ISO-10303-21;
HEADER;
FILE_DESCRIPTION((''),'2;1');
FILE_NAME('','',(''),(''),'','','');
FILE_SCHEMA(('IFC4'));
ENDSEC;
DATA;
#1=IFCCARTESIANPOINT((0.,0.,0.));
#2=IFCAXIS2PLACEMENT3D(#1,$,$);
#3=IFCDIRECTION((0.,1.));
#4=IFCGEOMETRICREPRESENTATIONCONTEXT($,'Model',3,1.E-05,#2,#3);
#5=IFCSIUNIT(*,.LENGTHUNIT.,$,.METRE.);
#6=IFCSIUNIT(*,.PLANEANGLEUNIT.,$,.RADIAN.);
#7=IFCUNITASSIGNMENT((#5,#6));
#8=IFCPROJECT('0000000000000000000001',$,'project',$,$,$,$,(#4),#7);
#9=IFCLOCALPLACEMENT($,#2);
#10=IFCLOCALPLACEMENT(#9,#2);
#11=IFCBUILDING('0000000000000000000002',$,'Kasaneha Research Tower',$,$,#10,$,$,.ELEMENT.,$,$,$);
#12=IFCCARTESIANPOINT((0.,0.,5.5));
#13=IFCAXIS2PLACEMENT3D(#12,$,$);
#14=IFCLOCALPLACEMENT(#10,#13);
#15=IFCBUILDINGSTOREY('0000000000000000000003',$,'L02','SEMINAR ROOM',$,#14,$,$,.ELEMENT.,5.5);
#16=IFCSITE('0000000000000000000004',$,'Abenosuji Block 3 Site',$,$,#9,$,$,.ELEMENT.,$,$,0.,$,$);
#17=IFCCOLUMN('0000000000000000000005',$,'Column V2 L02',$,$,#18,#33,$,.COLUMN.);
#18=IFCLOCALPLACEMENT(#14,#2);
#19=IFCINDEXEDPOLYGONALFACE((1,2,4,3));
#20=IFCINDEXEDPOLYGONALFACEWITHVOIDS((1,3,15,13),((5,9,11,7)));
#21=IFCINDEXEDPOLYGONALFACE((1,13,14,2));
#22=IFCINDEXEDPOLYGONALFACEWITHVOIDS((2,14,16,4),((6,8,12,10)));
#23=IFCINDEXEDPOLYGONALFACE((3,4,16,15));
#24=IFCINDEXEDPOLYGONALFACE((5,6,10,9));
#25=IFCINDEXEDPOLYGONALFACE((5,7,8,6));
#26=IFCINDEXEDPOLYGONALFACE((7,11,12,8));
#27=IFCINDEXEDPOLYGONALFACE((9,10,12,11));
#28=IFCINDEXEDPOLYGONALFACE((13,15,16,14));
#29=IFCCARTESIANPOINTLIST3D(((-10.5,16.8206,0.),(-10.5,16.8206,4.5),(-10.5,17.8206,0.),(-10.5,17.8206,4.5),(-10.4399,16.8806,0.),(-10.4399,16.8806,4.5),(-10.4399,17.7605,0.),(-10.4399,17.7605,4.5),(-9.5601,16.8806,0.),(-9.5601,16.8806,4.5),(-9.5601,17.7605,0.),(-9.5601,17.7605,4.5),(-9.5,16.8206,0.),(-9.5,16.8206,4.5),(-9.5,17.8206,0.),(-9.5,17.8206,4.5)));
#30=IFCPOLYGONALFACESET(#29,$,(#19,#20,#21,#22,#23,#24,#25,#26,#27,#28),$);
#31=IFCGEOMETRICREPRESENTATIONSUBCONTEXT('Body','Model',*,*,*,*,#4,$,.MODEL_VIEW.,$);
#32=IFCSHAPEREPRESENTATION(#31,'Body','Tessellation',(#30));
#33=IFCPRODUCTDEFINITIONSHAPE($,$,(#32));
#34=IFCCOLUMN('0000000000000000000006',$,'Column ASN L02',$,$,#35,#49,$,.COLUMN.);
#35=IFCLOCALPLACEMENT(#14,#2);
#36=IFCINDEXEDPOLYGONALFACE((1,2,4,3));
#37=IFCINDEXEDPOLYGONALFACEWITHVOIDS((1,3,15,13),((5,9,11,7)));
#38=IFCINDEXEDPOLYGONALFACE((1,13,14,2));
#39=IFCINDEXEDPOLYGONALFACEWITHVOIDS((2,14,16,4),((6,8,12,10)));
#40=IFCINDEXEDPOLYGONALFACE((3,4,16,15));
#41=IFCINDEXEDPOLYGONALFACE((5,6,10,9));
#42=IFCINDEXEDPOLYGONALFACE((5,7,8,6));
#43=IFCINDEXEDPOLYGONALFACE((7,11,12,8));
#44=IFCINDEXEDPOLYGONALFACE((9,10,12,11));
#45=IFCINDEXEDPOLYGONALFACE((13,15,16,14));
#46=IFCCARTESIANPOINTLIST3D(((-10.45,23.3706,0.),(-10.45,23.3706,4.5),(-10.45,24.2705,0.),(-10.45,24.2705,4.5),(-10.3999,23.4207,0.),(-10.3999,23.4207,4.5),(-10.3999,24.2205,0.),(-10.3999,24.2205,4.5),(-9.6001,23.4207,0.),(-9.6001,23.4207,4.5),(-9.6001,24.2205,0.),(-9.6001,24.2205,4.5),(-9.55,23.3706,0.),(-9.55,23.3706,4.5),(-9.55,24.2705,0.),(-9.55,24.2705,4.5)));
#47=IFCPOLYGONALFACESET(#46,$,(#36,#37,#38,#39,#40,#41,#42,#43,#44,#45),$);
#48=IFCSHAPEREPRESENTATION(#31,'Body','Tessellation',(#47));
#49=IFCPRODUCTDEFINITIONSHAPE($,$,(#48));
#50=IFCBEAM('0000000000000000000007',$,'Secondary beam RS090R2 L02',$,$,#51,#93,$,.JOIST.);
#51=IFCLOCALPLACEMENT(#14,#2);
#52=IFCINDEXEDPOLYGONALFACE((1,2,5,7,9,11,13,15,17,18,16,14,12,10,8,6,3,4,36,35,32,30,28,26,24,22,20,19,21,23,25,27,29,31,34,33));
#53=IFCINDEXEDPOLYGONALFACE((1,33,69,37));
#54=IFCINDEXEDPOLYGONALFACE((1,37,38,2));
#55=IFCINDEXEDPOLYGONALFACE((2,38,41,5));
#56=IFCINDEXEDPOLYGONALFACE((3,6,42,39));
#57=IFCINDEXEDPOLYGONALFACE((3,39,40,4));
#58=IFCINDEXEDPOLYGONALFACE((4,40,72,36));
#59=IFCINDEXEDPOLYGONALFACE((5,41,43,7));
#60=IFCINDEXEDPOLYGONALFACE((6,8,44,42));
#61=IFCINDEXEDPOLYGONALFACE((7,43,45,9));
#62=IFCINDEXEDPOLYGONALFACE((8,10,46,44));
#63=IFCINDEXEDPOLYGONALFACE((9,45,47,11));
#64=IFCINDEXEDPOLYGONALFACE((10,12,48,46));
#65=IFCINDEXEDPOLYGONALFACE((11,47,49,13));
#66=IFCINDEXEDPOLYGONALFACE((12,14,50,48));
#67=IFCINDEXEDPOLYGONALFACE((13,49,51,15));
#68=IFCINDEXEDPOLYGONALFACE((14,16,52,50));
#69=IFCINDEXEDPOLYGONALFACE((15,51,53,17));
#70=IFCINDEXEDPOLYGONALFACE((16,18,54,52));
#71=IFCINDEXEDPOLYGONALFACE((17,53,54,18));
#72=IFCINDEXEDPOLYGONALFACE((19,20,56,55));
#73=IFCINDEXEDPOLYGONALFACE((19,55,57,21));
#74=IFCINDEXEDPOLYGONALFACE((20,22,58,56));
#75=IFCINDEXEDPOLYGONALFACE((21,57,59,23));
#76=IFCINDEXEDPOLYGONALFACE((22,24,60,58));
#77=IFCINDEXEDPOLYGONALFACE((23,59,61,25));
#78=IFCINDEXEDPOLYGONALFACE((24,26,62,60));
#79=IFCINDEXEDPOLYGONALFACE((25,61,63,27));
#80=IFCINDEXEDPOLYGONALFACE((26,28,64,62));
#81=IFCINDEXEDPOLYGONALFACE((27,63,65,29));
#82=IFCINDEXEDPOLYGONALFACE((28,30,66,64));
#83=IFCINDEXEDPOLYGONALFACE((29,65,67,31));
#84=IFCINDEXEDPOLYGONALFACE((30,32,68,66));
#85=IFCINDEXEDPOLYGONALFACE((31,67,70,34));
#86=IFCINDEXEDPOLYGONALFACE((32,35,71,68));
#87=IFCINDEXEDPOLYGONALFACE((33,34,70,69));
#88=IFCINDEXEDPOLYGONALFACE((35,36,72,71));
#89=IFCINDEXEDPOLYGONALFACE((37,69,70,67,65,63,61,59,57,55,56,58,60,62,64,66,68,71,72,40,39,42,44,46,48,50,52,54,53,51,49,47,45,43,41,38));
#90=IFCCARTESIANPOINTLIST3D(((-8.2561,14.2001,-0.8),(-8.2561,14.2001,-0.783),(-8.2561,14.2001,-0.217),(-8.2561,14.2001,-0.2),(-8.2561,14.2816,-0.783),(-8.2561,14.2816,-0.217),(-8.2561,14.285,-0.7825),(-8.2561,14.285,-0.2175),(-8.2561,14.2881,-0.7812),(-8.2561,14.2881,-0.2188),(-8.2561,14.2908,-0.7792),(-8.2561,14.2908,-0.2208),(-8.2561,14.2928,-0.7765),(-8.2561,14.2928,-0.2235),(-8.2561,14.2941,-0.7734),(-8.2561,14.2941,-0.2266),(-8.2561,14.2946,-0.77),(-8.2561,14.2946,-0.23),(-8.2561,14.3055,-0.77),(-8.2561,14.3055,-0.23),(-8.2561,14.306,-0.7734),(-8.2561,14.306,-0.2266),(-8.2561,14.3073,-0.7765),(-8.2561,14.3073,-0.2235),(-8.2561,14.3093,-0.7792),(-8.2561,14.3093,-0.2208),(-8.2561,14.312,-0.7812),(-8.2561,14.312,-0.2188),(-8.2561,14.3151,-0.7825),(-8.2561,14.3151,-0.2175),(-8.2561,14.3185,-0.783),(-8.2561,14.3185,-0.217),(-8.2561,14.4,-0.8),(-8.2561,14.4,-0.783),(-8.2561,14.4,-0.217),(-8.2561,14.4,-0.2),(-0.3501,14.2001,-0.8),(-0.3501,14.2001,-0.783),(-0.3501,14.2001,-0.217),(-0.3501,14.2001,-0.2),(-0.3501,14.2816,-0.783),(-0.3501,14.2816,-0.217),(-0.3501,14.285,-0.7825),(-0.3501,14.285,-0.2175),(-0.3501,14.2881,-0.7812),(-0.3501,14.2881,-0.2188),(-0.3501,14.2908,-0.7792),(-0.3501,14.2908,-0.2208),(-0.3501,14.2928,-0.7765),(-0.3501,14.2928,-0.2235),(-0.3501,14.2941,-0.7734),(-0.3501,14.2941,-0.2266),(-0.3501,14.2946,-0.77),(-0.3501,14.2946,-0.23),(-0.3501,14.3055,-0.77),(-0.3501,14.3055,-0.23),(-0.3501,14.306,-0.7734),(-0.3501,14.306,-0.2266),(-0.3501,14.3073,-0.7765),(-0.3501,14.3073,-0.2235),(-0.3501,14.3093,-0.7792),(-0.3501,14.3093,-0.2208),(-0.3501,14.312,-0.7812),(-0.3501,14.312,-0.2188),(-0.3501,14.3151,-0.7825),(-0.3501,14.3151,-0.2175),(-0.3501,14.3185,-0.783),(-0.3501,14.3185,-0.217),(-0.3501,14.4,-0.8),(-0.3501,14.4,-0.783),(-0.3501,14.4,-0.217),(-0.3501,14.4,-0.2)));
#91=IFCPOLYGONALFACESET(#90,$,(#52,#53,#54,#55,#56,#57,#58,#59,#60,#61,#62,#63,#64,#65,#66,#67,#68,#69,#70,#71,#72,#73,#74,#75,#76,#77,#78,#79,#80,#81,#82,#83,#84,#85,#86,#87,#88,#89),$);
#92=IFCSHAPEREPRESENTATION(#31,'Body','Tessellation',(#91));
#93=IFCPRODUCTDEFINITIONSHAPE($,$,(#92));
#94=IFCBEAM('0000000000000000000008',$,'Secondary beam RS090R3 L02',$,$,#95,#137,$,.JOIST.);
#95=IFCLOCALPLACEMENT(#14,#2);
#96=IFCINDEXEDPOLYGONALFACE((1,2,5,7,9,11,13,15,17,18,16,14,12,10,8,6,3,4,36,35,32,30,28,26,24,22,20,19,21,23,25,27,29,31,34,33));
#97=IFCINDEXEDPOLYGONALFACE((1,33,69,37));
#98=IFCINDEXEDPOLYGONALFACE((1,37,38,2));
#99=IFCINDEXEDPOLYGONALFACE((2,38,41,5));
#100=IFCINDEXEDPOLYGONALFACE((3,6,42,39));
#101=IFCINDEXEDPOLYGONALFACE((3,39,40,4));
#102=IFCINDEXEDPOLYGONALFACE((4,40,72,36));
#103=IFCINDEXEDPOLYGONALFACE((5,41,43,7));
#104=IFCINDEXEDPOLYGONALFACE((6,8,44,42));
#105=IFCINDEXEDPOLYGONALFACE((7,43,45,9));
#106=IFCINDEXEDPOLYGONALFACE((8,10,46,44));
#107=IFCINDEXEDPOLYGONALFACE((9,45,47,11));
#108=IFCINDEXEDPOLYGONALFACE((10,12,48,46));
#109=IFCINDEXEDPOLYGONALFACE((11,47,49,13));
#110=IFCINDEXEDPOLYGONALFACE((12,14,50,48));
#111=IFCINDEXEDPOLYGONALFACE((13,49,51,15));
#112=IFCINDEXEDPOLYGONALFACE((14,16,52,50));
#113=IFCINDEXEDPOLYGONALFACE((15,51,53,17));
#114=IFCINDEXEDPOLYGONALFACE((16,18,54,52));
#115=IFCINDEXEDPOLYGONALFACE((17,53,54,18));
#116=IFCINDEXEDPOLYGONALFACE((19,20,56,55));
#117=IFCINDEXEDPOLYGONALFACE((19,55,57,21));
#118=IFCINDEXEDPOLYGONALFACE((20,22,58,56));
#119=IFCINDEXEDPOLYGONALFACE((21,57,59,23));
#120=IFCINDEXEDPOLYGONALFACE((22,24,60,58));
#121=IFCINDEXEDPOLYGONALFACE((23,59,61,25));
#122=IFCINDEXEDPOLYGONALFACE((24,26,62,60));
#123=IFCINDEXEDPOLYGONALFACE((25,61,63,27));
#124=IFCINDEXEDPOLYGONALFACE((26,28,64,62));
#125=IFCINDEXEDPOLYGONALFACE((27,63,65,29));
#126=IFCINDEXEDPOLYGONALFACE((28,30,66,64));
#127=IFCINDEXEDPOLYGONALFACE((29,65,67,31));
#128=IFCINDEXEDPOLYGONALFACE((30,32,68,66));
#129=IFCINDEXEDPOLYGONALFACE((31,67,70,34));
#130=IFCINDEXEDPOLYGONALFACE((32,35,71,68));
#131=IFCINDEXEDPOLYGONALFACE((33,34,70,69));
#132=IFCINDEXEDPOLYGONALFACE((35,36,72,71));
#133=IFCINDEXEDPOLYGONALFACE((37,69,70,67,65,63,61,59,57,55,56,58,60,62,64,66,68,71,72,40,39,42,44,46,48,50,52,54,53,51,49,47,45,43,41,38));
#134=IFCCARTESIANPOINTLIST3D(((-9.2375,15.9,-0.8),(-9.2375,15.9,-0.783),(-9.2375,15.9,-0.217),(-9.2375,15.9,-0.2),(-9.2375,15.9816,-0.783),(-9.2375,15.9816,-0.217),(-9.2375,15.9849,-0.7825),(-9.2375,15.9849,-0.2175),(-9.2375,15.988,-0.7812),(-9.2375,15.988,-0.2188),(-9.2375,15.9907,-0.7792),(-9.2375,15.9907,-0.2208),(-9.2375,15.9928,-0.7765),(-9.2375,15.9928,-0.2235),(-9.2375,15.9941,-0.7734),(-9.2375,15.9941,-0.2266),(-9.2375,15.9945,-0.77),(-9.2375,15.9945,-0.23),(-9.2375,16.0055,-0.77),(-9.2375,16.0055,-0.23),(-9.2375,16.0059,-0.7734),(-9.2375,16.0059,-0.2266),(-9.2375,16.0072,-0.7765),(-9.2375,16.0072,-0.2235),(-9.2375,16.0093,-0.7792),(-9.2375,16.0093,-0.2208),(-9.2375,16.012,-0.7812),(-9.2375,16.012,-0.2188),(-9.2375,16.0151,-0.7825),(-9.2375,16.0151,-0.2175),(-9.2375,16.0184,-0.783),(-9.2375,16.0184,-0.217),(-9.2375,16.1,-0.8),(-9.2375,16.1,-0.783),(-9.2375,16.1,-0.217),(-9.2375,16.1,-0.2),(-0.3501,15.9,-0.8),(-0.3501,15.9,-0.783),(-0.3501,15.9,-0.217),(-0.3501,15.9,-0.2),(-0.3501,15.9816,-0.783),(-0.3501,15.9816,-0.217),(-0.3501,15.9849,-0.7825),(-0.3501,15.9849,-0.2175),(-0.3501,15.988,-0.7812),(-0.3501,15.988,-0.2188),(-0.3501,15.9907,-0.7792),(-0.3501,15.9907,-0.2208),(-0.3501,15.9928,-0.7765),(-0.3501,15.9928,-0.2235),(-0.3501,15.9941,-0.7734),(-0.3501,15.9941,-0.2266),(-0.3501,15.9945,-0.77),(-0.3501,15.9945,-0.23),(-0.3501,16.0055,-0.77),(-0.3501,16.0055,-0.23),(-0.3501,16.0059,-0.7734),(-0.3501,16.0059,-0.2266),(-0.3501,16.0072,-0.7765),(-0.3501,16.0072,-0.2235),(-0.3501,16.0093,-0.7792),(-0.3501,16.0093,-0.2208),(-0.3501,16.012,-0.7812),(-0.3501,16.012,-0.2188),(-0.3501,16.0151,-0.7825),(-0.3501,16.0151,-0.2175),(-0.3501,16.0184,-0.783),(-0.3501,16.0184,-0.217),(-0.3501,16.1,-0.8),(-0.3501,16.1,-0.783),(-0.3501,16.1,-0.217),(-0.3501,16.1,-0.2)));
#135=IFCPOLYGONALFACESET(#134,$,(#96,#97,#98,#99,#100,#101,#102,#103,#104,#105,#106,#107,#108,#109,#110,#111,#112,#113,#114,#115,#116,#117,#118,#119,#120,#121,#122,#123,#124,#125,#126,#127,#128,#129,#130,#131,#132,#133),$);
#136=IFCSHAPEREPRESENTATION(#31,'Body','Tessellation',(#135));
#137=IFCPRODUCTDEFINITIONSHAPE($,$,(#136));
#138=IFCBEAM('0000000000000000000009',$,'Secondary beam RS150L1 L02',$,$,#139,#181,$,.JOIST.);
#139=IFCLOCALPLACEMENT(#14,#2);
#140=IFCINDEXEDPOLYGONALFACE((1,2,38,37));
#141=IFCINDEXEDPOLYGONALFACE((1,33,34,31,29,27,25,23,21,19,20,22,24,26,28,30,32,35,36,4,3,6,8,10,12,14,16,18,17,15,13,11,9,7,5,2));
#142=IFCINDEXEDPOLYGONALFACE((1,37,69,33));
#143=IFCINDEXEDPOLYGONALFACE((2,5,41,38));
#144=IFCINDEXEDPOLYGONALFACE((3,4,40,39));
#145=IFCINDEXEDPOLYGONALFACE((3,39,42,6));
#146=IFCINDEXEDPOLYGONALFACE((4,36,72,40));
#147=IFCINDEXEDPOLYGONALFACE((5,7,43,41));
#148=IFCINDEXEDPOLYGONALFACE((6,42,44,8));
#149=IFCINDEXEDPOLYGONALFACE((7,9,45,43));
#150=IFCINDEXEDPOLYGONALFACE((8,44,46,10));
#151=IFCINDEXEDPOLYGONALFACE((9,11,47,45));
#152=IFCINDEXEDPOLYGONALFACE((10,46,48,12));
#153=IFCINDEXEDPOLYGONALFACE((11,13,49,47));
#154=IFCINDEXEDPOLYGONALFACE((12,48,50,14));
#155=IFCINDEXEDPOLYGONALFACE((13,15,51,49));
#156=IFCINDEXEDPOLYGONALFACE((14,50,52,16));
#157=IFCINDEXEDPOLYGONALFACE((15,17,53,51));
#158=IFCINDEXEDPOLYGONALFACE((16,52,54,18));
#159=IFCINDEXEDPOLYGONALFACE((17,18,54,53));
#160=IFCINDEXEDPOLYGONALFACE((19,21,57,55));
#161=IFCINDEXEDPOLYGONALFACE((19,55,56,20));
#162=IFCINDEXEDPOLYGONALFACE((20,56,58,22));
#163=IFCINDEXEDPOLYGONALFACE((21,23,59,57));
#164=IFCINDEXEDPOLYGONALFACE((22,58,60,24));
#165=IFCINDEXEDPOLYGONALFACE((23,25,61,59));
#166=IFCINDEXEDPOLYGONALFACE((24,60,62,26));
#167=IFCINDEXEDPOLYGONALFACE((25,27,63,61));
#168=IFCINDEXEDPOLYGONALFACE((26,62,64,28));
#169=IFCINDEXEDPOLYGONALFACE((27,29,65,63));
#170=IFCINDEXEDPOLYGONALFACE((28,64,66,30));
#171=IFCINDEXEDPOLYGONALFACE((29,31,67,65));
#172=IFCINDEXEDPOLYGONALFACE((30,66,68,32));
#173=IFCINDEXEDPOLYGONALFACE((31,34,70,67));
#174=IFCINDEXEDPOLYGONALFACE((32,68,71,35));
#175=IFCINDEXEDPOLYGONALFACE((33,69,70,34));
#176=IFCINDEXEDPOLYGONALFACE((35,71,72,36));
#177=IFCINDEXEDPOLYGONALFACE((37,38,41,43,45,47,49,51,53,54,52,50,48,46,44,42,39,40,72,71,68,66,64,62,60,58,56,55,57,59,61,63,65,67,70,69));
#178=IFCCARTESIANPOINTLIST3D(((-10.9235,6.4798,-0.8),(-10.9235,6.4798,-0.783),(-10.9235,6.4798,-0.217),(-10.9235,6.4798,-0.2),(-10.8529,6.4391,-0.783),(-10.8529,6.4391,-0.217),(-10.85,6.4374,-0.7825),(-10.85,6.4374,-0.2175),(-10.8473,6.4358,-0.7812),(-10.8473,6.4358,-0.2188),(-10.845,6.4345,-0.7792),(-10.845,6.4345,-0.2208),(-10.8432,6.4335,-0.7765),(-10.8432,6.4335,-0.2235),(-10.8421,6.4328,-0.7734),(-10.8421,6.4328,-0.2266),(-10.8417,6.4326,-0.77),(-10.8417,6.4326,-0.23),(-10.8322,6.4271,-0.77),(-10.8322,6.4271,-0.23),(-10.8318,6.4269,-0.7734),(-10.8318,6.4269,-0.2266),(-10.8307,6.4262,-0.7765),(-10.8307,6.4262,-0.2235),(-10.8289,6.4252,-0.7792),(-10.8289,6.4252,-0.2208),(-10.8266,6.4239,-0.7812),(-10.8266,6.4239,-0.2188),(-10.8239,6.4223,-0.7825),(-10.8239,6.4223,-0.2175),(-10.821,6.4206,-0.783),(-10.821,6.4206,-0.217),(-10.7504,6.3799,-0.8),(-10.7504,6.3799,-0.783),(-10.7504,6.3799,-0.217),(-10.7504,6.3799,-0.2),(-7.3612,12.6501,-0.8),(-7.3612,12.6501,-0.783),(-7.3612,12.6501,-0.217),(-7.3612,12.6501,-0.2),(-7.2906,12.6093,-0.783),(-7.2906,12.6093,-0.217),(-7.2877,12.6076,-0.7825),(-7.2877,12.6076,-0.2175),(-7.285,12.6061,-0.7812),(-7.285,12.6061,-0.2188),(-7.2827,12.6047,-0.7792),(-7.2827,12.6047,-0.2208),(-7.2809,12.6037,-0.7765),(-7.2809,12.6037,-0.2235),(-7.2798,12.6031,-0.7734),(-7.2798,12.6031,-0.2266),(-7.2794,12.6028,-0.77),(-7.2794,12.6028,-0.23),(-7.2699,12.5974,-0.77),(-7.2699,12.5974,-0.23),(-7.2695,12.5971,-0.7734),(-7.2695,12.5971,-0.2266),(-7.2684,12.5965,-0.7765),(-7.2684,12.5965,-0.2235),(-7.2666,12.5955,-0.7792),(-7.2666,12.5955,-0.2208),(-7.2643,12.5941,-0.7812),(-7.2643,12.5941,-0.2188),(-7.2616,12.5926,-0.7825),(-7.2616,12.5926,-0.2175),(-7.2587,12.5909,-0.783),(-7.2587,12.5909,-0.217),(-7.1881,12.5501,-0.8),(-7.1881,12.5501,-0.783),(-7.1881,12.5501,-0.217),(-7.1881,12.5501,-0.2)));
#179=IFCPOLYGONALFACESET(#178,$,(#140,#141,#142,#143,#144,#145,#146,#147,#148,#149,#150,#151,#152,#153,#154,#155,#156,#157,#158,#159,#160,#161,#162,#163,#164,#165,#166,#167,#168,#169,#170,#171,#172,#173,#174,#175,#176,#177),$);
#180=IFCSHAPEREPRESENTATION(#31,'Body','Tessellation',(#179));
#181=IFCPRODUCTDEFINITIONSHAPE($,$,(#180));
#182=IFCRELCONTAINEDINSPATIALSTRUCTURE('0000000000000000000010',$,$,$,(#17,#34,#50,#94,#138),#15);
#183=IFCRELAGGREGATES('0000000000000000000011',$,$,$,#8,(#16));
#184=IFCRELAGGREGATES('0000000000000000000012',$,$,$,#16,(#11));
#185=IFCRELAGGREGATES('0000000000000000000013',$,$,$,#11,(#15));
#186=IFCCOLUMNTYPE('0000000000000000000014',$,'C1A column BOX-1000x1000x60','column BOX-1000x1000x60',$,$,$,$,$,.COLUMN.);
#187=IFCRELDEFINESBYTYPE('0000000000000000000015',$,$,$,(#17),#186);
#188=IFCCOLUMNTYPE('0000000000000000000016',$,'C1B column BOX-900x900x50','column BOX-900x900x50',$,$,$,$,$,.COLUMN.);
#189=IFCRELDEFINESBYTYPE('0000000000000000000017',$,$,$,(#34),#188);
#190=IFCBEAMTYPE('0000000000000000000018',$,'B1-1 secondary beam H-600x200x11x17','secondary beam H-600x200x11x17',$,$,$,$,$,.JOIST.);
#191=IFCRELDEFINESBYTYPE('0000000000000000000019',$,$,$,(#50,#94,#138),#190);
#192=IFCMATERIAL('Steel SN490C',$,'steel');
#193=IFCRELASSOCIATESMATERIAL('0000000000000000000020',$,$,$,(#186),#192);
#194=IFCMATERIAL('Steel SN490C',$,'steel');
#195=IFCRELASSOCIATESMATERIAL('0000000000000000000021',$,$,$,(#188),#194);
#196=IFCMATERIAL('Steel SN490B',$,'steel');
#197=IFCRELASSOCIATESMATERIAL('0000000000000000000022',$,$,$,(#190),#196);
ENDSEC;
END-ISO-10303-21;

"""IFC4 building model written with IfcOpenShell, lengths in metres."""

from ifc_helpers import new_model, si_unit, direction, frame, origin, origin_2d, place, context, subcontext, project, spatial, hollow_rectangle, i_section, extrude, material, material_profile, profile_set, type_object, element, save


model = new_model("IFC4")

# Units and contexts
model_context = context("Model", 3, precision=1e-05, world=origin(), true_north=direction((0.0, 1.0)))
body_context = subcontext(model_context, "Body", "Model", "MODEL_VIEW")
ifc_project = project(units=[si_unit("LENGTHUNIT", "METRE"), si_unit("PLANEANGLEUNIT", "RADIAN")], contexts=[model_context])

# Site, building, storey
site_placement = place(None, origin())
site = spatial("IfcSite", under=ifc_project, at=site_placement, Name="Abenosuji Block 3 Site", CompositionType="ELEMENT", RefElevation=0.0)
building_placement = place(site_placement, origin())
building = spatial("IfcBuilding", under=site, at=building_placement, Name="Kasaneha Research Tower", CompositionType="ELEMENT")
storey_placement = place(building_placement, frame((0.0, 0.0, 5.5)))
storey = spatial("IfcBuildingStorey", under=building, at=storey_placement, Name="L02", Description="SEMINAR ROOM", CompositionType="ELEMENT", Elevation=5.5)

# Columns
ifc_material_1 = material(Name="Steel SN490C", Category="steel")
ifc_material_profile_1 = material_profile(ifc_material_1, hollow_rectangle(XDim=1.0, YDim=1.0, WallThickness=0.0601, at=origin_2d()), Name="BOX-1000x1000x60")
ifc_profile_set_1 = profile_set([ifc_material_profile_1], Name="Steel SN490C")
column_type_1 = type_object("IfcColumnType", Name="C1A column BOX-1000x1000x60", Description="column BOX-1000x1000x60", PredefinedType="COLUMN", material=ifc_profile_set_1)
column_1_placement = place(storey_placement, frame((-10.0, 17.3206, 0.0), z_axis=(0.0, 0.0, 1.0), x_axis=(1.0, 0.0, 0.0)))
element("IfcColumn", 1, at=column_1_placement, inside=storey, type_object=column_type_1, Name="Column V2 L02", PredefinedType="COLUMN", context=body_context, shape_type="SweptSolid", body=[
    extrude(hollow_rectangle(XDim=1.0, YDim=1.0, WallThickness=0.0601, at=origin_2d()), origin(), (0.0, 0.0, 1.0), 4.5),
])
ifc_material_2 = material(Name="Steel SN490C", Category="steel")
ifc_material_profile_2 = material_profile(ifc_material_2, hollow_rectangle(XDim=0.8999, YDim=0.8999, WallThickness=0.05, at=origin_2d()), Name="BOX-900x900x50")
ifc_profile_set_2 = profile_set([ifc_material_profile_2], Name="Steel SN490C")
column_type_2 = type_object("IfcColumnType", Name="C1B column BOX-900x900x50", Description="column BOX-900x900x50", PredefinedType="COLUMN", material=ifc_profile_set_2)
column_2_placement = place(storey_placement, frame((-10.0, 23.8206, 0.0), z_axis=(0.0, 0.0, 1.0), x_axis=(1.0, 0.0, 0.0)))
element("IfcColumn", 2, at=column_2_placement, inside=storey, type_object=column_type_2, Name="Column ASN L02", PredefinedType="COLUMN", context=body_context, shape_type="SweptSolid", body=[
    extrude(hollow_rectangle(XDim=0.8999, YDim=0.8999, WallThickness=0.05, at=origin_2d()), origin(), (0.0, 0.0, 1.0), 4.5),
])

# Beams
ifc_material_3 = material(Name="Steel SN490B", Category="steel")
ifc_material_profile_3 = material_profile(ifc_material_3, i_section(OverallWidth=0.2, OverallDepth=0.6001, WebThickness=0.011, FlangeThickness=0.0171, FilletRadius=0.0129, at=origin_2d()), Name="H-600x200x11x17")
ifc_profile_set_3 = profile_set([ifc_material_profile_3], Name="Steel SN490B")
beam_type_1 = type_object("IfcBeamType", Name="B1-1 secondary beam H-600x200x11x17", Description="secondary beam H-600x200x11x17", PredefinedType="JOIST", material=ifc_profile_set_3)
beam_1_placement = place(storey_placement, frame((-8.2561, 14.3, -0.5), z_axis=(1.0, 0.0, 0.0), x_axis=(0.0, 1.0, 0.0)))
element("IfcBeam", 3, at=beam_1_placement, inside=storey, type_object=beam_type_1, Name="Secondary beam RS090R2 L02", PredefinedType="JOIST", context=body_context, shape_type="SweptSolid", body=[
    extrude(i_section(OverallWidth=0.2, OverallDepth=0.6001, WebThickness=0.011, FlangeThickness=0.0171, FilletRadius=0.0129, at=origin_2d()), origin(), (0.0, 0.0, 1.0), 7.906),
])
beam_2_placement = place(storey_placement, frame((-9.2375, 16.0, -0.5), z_axis=(1.0, 0.0, 0.0), x_axis=(0.0, 1.0, 0.0)))
element("IfcBeam", 4, at=beam_2_placement, inside=storey, type_object=beam_type_1, Name="Secondary beam RS090R3 L02", PredefinedType="JOIST", context=body_context, shape_type="SweptSolid", body=[
    extrude(i_section(OverallWidth=0.2, OverallDepth=0.6001, WebThickness=0.011, FlangeThickness=0.0171, FilletRadius=0.0129, at=origin_2d()), origin(), (0.0, 0.0, 1.0), 8.8875),
])
beam_3_placement = place(storey_placement, frame((-7.2747, 12.6001, -0.5), z_axis=(-0.49999, -0.866031, 0.0), x_axis=(0.866031, -0.49999, 0.0)))
element("IfcBeam", 5, at=beam_3_placement, inside=storey, type_object=beam_type_1, Name="Secondary beam RS150L1 L02", PredefinedType="JOIST", context=body_context, shape_type="SweptSolid", body=[
    extrude(i_section(OverallWidth=0.2, OverallDepth=0.6001, WebThickness=0.011, FlangeThickness=0.0171, FilletRadius=0.0129, at=origin_2d()), origin(), (0.0, 0.0, 1.0), 7.1248),
])

save(model, "model.ifc")
